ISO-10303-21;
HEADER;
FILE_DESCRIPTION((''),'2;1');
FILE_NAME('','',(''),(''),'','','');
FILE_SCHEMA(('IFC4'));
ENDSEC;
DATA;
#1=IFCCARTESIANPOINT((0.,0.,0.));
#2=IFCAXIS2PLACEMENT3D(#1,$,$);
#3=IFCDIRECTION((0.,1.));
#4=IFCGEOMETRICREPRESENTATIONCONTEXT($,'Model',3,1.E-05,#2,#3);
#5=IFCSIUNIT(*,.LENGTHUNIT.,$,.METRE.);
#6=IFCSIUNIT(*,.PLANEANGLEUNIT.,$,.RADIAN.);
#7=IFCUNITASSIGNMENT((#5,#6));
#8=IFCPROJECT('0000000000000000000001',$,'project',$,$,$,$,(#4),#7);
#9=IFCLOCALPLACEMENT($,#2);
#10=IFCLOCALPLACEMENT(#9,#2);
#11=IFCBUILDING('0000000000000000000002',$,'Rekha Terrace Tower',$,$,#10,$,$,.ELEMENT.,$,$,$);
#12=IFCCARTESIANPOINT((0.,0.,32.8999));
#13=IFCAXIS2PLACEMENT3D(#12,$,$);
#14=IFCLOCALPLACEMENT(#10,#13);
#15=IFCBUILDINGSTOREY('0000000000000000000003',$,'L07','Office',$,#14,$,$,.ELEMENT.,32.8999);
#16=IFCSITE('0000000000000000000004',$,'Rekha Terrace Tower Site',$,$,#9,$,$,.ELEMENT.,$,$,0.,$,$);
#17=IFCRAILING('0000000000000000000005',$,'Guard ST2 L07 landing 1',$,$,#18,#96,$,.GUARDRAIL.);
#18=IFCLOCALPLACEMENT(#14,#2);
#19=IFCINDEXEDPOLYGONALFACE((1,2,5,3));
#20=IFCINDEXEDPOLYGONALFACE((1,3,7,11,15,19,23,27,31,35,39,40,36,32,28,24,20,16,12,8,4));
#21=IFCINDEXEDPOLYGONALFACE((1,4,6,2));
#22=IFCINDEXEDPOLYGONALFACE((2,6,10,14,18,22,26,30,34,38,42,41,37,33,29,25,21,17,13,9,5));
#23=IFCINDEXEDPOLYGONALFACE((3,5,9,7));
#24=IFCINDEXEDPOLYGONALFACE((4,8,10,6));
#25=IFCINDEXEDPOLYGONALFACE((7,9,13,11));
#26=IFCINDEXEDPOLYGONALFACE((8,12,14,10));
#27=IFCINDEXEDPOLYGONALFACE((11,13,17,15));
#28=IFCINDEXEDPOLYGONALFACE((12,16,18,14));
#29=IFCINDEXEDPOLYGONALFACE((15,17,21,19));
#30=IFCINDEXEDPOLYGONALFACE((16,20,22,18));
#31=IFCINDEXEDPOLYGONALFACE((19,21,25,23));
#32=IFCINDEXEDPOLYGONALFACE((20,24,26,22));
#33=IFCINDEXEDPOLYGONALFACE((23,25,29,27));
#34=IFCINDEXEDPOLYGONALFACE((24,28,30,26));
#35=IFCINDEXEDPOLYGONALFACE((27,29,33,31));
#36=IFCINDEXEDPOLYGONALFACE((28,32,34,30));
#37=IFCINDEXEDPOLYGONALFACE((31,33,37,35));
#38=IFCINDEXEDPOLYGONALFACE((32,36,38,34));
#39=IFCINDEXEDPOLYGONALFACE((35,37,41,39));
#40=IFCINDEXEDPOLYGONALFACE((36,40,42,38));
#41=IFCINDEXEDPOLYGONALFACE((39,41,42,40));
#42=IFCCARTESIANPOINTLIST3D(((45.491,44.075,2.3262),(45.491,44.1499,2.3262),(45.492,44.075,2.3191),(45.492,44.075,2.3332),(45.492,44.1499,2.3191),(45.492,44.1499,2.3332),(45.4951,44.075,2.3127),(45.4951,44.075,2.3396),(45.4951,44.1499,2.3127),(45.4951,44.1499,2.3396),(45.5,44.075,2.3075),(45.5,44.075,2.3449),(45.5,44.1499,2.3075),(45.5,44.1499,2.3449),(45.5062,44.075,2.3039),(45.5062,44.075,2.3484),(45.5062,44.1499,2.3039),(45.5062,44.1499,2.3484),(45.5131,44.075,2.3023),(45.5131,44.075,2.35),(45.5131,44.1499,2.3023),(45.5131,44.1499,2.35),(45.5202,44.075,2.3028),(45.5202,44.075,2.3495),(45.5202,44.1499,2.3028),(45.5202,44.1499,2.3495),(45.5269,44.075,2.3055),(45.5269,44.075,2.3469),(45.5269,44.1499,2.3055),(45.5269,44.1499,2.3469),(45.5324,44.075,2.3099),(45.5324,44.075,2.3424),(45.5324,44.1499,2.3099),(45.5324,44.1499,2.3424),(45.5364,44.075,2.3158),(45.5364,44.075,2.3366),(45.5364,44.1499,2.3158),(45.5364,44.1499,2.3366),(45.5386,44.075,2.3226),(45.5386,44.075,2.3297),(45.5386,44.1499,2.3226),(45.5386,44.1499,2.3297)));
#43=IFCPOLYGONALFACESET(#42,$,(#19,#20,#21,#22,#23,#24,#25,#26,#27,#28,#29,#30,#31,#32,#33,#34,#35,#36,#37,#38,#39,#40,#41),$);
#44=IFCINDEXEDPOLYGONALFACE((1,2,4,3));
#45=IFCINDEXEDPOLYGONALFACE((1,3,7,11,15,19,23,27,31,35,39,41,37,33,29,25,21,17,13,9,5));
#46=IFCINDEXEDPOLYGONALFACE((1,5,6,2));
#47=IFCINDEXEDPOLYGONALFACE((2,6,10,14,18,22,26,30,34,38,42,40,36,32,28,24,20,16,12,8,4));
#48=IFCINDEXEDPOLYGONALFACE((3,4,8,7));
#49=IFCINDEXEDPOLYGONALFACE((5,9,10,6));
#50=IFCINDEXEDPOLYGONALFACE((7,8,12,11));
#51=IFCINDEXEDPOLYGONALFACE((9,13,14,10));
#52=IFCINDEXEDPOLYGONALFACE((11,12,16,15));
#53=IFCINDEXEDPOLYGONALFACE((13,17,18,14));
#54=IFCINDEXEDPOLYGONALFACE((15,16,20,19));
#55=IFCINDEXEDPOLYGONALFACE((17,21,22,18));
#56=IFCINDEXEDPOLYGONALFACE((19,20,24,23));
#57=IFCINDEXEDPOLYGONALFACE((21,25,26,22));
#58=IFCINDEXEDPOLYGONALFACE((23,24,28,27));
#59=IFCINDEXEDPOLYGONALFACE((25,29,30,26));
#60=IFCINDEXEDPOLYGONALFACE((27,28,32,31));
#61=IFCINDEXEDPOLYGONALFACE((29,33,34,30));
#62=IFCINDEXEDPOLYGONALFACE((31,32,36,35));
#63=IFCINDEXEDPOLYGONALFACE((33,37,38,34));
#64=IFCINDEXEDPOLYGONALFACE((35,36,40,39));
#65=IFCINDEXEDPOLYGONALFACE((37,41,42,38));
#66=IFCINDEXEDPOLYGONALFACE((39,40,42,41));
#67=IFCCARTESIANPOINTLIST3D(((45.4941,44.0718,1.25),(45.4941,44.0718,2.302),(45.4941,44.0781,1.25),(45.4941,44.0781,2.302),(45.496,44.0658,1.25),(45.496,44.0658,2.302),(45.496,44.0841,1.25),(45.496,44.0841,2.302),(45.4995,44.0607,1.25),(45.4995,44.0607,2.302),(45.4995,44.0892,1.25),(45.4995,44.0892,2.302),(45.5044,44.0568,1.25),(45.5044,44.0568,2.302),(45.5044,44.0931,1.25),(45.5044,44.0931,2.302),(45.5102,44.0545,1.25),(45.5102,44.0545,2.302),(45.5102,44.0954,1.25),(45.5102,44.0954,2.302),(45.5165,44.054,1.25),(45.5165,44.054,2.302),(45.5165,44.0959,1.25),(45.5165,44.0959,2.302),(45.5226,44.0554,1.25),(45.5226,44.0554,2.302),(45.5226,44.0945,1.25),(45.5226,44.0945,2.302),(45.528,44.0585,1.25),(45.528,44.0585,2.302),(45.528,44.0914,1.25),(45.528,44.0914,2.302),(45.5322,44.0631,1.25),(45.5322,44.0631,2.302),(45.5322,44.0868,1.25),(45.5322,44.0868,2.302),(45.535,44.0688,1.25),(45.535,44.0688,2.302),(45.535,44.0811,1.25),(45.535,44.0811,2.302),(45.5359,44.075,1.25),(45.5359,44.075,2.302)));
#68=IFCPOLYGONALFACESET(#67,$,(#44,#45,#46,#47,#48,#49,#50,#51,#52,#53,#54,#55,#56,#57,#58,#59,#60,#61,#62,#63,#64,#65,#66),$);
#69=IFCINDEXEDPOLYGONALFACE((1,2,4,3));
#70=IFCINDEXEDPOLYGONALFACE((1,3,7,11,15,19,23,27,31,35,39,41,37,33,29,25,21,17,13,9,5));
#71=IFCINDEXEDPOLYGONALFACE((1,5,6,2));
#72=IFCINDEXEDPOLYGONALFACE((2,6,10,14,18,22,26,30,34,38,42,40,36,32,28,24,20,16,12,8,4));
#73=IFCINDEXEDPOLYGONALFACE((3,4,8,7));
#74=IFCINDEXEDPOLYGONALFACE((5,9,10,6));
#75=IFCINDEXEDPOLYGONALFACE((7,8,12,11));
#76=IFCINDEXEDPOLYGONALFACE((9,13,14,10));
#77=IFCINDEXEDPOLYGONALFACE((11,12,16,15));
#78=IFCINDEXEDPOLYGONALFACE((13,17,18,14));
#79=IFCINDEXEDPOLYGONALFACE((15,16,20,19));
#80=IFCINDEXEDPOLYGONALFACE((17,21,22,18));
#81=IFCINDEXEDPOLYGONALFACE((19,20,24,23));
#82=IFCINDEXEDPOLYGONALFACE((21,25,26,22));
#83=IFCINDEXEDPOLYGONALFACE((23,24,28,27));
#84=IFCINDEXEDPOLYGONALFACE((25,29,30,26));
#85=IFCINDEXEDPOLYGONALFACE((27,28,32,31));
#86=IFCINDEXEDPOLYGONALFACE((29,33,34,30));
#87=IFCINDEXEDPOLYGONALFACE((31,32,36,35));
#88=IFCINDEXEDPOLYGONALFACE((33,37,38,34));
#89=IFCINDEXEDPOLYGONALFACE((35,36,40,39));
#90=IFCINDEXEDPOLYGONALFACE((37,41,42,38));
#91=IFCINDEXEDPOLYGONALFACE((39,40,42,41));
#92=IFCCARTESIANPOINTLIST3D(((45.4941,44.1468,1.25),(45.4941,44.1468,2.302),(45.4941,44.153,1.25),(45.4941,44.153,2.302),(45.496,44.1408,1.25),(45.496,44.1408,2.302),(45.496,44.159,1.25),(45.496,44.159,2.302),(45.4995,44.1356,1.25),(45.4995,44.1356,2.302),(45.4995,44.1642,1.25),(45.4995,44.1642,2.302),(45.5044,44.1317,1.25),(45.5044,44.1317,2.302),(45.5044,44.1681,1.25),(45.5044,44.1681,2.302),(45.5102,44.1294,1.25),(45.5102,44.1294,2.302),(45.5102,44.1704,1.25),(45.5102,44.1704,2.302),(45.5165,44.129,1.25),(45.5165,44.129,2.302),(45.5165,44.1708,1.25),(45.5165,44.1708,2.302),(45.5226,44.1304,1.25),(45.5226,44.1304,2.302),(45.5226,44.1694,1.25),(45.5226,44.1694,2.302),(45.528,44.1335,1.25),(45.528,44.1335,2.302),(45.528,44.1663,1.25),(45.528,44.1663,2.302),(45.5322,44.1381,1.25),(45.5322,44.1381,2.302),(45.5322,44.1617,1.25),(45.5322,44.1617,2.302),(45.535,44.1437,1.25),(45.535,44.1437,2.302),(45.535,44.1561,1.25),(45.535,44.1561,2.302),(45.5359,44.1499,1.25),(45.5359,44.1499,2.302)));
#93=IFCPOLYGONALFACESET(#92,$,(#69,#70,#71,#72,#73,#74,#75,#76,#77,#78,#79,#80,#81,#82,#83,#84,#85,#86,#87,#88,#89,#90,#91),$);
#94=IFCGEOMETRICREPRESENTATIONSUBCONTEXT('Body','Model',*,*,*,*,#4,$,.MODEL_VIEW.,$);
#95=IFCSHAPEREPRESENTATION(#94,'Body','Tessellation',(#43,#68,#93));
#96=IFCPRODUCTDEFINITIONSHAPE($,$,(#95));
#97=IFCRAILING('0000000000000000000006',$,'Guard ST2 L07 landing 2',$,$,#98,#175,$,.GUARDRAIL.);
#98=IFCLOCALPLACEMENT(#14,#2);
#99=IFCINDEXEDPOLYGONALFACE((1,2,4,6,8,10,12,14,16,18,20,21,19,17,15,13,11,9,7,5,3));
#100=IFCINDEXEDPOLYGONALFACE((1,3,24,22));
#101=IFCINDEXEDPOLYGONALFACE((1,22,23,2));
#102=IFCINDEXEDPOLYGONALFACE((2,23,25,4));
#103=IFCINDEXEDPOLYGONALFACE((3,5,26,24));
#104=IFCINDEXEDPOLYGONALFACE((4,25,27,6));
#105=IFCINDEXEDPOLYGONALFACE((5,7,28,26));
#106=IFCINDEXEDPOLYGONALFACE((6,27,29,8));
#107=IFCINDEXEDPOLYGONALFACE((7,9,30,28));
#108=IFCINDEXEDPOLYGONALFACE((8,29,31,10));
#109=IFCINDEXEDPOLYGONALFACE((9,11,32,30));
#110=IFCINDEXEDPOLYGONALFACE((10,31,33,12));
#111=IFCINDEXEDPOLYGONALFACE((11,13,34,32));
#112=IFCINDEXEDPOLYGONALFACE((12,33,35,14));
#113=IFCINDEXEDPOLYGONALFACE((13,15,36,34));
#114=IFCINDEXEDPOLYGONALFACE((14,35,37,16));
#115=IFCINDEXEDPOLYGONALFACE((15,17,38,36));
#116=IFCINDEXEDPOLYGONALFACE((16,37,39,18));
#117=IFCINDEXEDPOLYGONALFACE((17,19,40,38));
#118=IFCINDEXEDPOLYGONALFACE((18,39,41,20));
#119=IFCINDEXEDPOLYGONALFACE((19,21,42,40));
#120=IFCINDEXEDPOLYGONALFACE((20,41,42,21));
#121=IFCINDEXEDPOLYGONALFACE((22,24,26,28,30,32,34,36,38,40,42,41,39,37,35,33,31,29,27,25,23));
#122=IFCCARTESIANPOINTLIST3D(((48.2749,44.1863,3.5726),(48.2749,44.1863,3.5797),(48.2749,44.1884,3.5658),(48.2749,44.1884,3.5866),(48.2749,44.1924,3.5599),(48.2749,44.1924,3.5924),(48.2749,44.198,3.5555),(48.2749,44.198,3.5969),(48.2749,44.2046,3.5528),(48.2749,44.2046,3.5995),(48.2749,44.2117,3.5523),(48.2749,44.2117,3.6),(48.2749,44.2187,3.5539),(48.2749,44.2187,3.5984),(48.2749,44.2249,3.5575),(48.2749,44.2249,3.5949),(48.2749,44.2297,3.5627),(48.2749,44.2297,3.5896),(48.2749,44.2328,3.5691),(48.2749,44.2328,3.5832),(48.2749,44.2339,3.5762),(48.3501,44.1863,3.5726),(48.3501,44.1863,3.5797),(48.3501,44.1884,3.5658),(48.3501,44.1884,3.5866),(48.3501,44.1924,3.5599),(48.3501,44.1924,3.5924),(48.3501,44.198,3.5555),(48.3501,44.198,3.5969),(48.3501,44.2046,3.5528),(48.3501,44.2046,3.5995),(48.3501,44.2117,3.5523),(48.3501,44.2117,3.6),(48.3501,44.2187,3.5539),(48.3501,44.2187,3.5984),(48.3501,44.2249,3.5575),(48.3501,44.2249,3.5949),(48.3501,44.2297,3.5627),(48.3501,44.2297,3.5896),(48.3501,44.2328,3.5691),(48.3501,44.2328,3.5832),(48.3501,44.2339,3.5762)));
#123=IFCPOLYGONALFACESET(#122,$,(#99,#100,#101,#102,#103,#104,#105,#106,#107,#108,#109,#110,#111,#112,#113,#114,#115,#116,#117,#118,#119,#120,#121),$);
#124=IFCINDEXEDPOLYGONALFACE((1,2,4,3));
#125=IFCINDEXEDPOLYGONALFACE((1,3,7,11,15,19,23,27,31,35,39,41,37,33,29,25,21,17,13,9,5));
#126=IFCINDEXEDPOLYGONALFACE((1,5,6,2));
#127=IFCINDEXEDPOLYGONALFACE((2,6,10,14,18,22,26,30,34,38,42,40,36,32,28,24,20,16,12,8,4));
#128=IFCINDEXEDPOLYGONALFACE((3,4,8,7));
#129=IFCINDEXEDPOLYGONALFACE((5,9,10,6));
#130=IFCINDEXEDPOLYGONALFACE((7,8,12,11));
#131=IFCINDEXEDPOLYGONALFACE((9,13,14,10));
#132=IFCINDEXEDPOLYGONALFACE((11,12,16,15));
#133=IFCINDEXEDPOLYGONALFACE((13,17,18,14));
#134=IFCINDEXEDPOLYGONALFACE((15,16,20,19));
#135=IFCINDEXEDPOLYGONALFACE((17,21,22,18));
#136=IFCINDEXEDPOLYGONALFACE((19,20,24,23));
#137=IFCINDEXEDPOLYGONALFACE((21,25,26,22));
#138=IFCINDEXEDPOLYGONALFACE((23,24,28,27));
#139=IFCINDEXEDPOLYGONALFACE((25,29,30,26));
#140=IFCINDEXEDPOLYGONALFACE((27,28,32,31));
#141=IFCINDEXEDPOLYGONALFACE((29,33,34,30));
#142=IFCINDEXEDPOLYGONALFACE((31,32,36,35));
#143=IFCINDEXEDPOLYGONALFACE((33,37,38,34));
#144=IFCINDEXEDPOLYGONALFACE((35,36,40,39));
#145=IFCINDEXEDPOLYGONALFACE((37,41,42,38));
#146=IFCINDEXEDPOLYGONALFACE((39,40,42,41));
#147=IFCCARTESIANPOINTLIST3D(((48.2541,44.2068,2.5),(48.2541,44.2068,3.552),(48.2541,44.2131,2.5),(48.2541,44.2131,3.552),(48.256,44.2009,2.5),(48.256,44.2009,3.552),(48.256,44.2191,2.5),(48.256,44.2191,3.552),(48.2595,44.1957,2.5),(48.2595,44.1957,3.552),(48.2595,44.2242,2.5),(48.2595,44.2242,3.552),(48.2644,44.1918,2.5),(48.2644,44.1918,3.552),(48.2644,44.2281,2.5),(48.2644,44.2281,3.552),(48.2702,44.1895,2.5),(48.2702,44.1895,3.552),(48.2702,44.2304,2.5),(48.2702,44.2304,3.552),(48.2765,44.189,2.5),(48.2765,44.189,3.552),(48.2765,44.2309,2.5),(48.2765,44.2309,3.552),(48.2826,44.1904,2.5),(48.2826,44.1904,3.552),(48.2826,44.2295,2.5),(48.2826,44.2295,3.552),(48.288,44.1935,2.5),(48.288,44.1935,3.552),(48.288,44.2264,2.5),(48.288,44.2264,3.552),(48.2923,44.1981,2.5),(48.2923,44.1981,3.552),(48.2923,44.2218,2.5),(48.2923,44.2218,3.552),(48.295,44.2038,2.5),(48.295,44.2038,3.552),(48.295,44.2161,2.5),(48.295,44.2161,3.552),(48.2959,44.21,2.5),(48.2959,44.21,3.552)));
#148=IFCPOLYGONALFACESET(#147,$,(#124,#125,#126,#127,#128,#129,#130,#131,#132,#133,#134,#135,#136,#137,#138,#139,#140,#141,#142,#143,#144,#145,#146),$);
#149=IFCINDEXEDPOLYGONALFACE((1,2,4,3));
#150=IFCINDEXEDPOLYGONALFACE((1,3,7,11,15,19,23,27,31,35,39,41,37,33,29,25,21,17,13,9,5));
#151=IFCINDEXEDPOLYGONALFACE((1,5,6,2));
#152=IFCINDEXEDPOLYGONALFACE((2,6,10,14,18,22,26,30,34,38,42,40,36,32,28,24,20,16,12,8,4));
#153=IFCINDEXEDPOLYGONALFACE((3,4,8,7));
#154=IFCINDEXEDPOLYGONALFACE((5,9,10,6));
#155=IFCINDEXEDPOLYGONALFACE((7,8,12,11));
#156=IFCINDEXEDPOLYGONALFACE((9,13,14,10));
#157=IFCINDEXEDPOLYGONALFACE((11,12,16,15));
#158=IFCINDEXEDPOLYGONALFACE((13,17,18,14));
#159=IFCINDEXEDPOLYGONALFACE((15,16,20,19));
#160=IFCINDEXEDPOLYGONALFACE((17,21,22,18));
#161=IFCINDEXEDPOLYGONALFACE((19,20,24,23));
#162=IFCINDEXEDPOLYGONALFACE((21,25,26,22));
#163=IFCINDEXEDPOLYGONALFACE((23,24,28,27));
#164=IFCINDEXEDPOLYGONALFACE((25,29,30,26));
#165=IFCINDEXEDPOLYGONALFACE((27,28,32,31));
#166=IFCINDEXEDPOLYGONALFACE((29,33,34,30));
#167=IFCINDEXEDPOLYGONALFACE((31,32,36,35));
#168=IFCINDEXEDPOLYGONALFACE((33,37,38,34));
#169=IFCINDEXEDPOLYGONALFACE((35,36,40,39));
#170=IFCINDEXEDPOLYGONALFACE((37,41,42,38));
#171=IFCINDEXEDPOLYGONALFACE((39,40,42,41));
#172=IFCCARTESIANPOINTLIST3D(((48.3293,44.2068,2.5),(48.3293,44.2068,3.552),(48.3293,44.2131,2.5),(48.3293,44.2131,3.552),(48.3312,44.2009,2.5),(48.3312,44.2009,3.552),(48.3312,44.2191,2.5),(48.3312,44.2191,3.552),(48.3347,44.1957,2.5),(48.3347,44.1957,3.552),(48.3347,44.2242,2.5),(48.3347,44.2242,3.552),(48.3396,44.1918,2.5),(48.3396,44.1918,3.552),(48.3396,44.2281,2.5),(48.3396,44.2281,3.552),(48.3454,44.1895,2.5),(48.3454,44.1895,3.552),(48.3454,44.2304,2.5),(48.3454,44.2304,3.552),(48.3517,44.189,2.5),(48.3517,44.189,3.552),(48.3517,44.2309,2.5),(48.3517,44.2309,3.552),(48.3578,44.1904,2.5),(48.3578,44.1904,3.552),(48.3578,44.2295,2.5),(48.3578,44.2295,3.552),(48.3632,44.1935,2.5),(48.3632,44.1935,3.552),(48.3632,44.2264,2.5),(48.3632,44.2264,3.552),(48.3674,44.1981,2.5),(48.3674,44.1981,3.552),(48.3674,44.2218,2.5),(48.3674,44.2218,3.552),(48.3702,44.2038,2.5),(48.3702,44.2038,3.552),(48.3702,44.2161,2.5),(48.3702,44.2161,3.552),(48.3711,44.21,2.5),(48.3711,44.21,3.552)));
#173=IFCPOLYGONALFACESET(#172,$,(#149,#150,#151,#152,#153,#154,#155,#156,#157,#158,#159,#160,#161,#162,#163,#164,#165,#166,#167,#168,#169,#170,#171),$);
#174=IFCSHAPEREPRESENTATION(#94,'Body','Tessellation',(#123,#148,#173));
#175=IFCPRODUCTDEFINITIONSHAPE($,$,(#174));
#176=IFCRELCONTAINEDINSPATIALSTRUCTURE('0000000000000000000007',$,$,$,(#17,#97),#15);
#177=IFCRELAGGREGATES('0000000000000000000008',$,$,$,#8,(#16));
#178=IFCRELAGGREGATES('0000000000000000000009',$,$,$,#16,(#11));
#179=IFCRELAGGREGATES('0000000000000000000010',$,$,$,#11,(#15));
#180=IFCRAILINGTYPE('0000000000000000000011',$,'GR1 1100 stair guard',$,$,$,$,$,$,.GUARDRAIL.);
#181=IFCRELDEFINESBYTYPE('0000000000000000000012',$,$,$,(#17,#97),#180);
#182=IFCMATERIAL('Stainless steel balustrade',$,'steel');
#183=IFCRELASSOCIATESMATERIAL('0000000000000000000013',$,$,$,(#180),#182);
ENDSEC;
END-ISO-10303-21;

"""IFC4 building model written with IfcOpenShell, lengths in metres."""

from ifc_helpers import new_model, si_unit, direction, frame, origin, origin_2d, place, context, subcontext, project, spatial, circle, extrude, material, type_object, element, save


model = new_model("IFC4")

# Units and contexts
model_context = context("Model", 3, precision=1e-05, world=origin(), true_north=direction((0.0, 1.0)))
body_context = subcontext(model_context, "Body", "Model", "MODEL_VIEW")
ifc_project = project(units=[si_unit("LENGTHUNIT", "METRE"), si_unit("PLANEANGLEUNIT", "RADIAN")], contexts=[model_context])

# Site, building, storey
site_placement = place(None, origin())
site = spatial("IfcSite", under=ifc_project, at=site_placement, Name="Rekha Terrace Tower Site", CompositionType="ELEMENT", RefElevation=0.0)
building_placement = place(site_placement, origin())
building = spatial("IfcBuilding", under=site, at=building_placement, Name="Rekha Terrace Tower", CompositionType="ELEMENT")
storey_placement = place(building_placement, frame((0.0, 0.0, 32.8999)))
storey = spatial("IfcBuildingStorey", under=building, at=storey_placement, Name="L07", Description="Office", CompositionType="ELEMENT", Elevation=32.8999)

# Railings
ifc_material_1 = material(Name="Stainless steel balustrade", Category="steel")
railing_type_1 = type_object("IfcRailingType", Name="GR1 1100 stair guard", PredefinedType="GUARDRAIL", material=ifc_material_1)
railing_1_placement = place(storey_placement, frame((45.5149, 44.075, 1.25)))
element("IfcRailing", 1, at=railing_1_placement, inside=storey, type_object=railing_type_1, Name="Guard ST2 L07 landing 1", PredefinedType="GUARDRAIL", context=body_context, shape_type="SweptSolid", body=[
    extrude(circle(Radius=0.0239, at=origin_2d()), frame((0.0, 0.0, 1.0762), z_axis=(0.0, 1.0, 0.0), x_axis=(-1.0, 0.0, 0.0)), (0.0, 0.0, 1.0), 0.075),
    extrude(circle(Radius=0.021, at=origin_2d()), origin(), (0.0, 0.0, 1.0), 1.052),
    extrude(circle(Radius=0.021, at=origin_2d()), frame((0.0, 0.075, 0.0)), (0.0, 0.0, 1.0), 1.052),
])
railing_2_placement = place(storey_placement, frame((48.2749, 44.21, 2.5)))
element("IfcRailing", 2, at=railing_2_placement, inside=storey, type_object=railing_type_1, Name="Guard ST2 L07 landing 2", PredefinedType="GUARDRAIL", context=body_context, shape_type="SweptSolid", body=[
    extrude(circle(Radius=0.0239, at=origin_2d()), frame((0.0, 0.0, 1.0762), z_axis=(1.0, 0.0, 0.0), x_axis=(0.0, 1.0, 0.0)), (0.0, 0.0, 1.0), 0.0752),
    extrude(circle(Radius=0.021, at=origin_2d()), origin(), (0.0, 0.0, 1.0), 1.052),
    extrude(circle(Radius=0.021, at=origin_2d()), frame((0.0752, 0.0, 0.0)), (0.0, 0.0, 1.0), 1.052),
])

save(model, "model.ifc")
